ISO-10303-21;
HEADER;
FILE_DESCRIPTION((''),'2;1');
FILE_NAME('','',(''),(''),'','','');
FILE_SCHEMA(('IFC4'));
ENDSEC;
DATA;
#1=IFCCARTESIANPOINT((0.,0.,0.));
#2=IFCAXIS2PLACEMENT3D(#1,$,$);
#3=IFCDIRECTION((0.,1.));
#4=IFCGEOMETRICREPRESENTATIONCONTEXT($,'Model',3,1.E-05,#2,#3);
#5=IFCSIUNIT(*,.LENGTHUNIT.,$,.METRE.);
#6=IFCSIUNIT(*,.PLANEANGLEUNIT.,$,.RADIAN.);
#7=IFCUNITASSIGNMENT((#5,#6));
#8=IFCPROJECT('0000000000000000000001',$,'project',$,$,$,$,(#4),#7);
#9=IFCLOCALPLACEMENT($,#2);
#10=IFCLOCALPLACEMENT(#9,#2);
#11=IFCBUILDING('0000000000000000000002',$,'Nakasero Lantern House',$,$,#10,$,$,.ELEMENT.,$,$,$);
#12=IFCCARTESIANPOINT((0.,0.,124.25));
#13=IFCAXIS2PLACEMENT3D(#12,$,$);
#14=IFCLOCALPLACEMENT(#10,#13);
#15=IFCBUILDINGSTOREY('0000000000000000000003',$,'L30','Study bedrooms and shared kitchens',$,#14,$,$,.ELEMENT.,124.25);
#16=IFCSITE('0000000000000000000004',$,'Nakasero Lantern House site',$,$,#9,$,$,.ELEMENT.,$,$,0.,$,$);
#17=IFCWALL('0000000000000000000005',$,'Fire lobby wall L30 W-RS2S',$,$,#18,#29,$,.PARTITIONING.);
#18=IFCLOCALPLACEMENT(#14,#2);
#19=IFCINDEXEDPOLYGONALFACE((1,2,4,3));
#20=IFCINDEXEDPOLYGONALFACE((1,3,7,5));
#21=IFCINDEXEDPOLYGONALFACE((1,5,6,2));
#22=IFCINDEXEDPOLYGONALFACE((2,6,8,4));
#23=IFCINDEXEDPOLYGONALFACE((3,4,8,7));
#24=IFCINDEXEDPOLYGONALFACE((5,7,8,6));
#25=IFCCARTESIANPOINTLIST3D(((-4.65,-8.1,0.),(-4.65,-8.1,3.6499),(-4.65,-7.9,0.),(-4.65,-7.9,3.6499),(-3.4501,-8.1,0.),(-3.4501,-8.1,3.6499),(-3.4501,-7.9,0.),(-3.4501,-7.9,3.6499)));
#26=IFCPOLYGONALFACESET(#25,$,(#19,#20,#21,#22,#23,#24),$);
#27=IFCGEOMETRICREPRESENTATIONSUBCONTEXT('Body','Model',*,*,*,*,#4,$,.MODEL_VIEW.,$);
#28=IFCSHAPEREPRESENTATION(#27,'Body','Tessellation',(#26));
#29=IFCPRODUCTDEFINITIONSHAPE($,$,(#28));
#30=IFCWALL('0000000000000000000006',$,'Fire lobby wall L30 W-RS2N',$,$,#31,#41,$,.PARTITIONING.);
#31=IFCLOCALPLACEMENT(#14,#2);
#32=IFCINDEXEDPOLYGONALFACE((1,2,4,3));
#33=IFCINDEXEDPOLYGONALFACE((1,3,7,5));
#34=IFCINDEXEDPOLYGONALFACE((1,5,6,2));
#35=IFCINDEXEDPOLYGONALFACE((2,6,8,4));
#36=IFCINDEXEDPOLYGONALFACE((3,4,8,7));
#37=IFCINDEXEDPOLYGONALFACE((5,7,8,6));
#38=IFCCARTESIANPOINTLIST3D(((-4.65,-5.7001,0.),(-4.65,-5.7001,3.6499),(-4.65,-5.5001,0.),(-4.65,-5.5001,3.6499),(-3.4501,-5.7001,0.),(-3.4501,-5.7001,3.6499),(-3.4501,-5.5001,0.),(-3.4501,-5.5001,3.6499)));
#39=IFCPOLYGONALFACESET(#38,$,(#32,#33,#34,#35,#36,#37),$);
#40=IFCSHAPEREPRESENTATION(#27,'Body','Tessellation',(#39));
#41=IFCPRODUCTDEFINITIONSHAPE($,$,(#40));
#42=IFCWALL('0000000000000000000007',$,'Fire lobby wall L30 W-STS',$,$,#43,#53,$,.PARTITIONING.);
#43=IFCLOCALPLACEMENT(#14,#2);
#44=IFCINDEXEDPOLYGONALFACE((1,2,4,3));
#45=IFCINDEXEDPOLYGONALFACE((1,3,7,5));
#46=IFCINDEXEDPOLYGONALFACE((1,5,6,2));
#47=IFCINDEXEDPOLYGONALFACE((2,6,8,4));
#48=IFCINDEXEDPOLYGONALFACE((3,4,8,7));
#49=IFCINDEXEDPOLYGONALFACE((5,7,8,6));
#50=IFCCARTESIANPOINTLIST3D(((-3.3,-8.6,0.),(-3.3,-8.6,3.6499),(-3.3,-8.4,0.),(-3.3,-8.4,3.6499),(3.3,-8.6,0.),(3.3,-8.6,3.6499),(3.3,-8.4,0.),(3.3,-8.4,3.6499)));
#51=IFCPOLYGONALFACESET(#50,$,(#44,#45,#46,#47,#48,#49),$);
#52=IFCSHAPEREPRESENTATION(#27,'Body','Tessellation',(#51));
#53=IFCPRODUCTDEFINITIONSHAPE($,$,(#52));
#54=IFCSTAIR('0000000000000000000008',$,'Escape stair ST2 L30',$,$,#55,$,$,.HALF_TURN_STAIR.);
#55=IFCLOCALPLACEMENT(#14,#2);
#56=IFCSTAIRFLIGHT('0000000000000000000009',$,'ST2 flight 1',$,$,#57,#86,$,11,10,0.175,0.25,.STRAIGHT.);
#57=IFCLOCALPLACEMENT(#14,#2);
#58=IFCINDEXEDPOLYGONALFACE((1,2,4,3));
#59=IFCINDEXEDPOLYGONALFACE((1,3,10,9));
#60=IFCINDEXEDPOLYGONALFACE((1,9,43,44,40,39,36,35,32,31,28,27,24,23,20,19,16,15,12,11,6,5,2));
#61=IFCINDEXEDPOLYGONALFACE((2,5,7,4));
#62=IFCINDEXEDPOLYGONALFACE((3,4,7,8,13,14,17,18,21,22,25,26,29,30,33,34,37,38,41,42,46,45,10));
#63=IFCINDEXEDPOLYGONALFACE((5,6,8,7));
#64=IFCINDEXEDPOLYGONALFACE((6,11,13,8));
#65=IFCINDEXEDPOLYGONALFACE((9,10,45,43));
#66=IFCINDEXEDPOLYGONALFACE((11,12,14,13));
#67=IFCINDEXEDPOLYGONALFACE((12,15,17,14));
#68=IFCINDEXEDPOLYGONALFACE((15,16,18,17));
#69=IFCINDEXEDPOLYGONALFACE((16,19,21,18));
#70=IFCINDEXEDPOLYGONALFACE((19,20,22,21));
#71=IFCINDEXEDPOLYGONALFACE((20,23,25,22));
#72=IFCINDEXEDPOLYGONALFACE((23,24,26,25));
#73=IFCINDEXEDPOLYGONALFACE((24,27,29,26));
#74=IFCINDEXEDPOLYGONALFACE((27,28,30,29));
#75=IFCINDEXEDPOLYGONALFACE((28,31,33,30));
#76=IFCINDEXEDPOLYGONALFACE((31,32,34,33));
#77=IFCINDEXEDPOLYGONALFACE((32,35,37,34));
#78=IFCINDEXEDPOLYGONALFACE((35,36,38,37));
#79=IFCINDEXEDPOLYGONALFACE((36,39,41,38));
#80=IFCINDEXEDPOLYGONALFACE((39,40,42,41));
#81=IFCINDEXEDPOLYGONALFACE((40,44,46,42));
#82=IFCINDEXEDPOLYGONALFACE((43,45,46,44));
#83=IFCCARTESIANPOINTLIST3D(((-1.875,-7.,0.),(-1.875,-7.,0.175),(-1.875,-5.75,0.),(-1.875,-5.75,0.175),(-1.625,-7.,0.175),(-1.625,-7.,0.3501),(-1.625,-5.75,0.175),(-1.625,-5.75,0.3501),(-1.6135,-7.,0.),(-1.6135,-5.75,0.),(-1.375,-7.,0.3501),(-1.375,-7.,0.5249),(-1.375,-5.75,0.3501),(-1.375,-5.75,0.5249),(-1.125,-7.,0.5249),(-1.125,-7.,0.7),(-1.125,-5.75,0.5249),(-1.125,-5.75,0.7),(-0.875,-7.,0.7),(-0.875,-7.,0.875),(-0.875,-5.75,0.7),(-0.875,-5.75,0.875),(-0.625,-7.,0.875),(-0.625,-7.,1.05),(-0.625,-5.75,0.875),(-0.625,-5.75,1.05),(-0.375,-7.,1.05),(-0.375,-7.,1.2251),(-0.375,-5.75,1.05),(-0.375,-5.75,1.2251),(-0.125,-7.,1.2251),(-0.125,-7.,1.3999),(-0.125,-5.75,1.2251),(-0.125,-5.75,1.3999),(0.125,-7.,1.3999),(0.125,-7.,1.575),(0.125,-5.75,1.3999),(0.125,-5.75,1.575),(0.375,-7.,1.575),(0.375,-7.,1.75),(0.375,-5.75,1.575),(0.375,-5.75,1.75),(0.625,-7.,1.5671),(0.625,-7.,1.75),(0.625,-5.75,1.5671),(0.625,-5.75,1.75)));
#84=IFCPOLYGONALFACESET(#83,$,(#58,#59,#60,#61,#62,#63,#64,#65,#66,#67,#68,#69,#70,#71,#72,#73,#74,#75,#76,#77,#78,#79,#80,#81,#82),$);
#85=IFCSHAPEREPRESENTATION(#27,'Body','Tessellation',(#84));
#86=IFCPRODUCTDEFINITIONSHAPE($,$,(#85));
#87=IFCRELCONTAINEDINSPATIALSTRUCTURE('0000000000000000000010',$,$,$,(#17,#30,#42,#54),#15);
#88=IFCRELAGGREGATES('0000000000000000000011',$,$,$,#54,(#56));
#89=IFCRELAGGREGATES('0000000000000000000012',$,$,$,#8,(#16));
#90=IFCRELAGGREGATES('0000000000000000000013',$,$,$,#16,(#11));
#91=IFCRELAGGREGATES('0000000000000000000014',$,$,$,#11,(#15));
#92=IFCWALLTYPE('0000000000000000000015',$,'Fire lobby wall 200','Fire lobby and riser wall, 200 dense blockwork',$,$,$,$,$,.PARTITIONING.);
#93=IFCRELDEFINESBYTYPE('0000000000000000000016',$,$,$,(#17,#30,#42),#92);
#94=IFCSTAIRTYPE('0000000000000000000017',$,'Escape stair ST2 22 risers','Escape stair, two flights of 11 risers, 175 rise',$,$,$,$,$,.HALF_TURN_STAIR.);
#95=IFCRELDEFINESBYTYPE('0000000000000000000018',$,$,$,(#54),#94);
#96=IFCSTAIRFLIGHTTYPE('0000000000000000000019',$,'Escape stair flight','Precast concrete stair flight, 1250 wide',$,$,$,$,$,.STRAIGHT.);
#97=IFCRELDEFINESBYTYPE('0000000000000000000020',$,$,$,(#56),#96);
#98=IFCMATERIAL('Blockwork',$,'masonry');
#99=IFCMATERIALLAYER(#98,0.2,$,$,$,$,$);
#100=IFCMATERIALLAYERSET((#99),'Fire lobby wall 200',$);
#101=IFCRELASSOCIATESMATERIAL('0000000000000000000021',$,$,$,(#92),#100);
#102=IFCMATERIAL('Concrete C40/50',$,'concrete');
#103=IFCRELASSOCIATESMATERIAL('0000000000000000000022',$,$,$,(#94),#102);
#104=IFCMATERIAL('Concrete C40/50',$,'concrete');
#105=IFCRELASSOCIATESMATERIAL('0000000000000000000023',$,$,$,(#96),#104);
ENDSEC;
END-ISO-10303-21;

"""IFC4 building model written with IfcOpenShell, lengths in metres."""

from ifc_helpers import new_model, si_unit, direction, frame, frame_2d, origin, place, context, subcontext, project, spatial, polyline, rectangle, outline, extrude, material, layer, layer_set, type_object, element, aggregate, save


model = new_model("IFC4")

# Units and contexts
model_context = context("Model", 3, precision=1e-05, world=origin(), true_north=direction((0.0, 1.0)))
body_context = subcontext(model_context, "Body", "Model", "MODEL_VIEW")
ifc_project = project(units=[si_unit("LENGTHUNIT", "METRE"), si_unit("PLANEANGLEUNIT", "RADIAN")], contexts=[model_context])

# Site, building, storey
site_placement = place(None, origin())
site = spatial("IfcSite", under=ifc_project, at=site_placement, Name="Nakasero Lantern House site", CompositionType="ELEMENT", RefElevation=0.0)
building_placement = place(site_placement, origin())
building = spatial("IfcBuilding", under=site, at=building_placement, Name="Nakasero Lantern House", CompositionType="ELEMENT")
storey_placement = place(building_placement, frame((0.0, 0.0, 124.25)))
storey = spatial("IfcBuildingStorey", under=building, at=storey_placement, Name="L30", Description="Study bedrooms and shared kitchens", CompositionType="ELEMENT", Elevation=124.25)

# Shared definitions
ifc_material_1 = material(Name="Blockwork", Category="masonry")
ifc_layer_1 = layer(ifc_material_1, 0.2)
ifc_layer_set_1 = layer_set([ifc_layer_1], Name="Fire lobby wall 200")
wall_type_1 = type_object("IfcWallType", Name="Fire lobby wall 200", Description="Fire lobby and riser wall, 200 dense blockwork", PredefinedType="PARTITIONING", material=ifc_layer_set_1)

# Walls
for number, where, z_axis, x_axis, name in (
    (1, (-3.45, -8.0, 0.0), (0.0, 0.0, 1.0), (-1.0, 0.0, 0.0), "Fire lobby wall L30 W-RS2S"),
    (2, (-3.45, -5.6001, 0.0), (0.0, 0.0, 1.0), (-1.0, 0.0, 0.0), "Fire lobby wall L30 W-RS2N"),
):
    element("IfcWall", number, at=place(storey_placement, frame(where, z_axis=z_axis, x_axis=x_axis)), inside=storey, type_object=wall_type_1, Name=name, PredefinedType="PARTITIONING", context=body_context, shape_type="SweptSolid", body=[
        extrude(rectangle(XDim=1.2, YDim=0.2, at=frame_2d((0.6001, 0.0))), origin(), (0.0, 0.0, 1.0), 3.6499),
    ])
wall_1_placement = place(storey_placement, frame((-3.3, -8.5, 0.0), z_axis=(0.0, 0.0, 1.0), x_axis=(1.0, 0.0, 0.0)))
element("IfcWall", 3, at=wall_1_placement, inside=storey, type_object=wall_type_1, Name="Fire lobby wall L30 W-STS", PredefinedType="PARTITIONING", context=body_context, shape_type="SweptSolid", body=[
    extrude(rectangle(XDim=6.6001, YDim=0.2, at=frame_2d((3.3, 0.0))), origin(), (0.0, 0.0, 1.0), 3.6499),
])

# Stair, stair flight
ifc_material_2 = material(Name="Concrete C40/50", Category="concrete")
stair_type = type_object("IfcStairType", Name="Escape stair ST2 22 risers", Description="Escape stair, two flights of 11 risers, 175 rise", PredefinedType="HALF_TURN_STAIR", material=ifc_material_2)
stair_placement = place(storey_placement, origin())
stair = element("IfcStair", 4, at=stair_placement, inside=storey, type_object=stair_type, Name="Escape stair ST2 L30", PredefinedType="HALF_TURN_STAIR")
ifc_material_3 = material(Name="Concrete C40/50", Category="concrete")
stair_flight_type = type_object("IfcStairFlightType", Name="Escape stair flight", Description="Precast concrete stair flight, 1250 wide", PredefinedType="STRAIGHT", material=ifc_material_3)
stair_flight_placement = place(storey_placement, frame((-1.875, -6.375, 0.0), z_axis=(0.0, 0.0, 1.0), x_axis=(1.0, 0.0, 0.0)))
stair_flight = element("IfcStairFlight", 5, at=stair_flight_placement, type_object=stair_flight_type, Name="ST2 flight 1", NumberOfRisers=11, NumberOfTreads=10, PredefinedType="STRAIGHT", RiserHeight=0.175, TreadLength=0.25, context=body_context, shape_type="SweptSolid", body=[
    extrude(outline(polyline([(0.0, 0.0), (0.0, 0.175), (0.25, 0.175), (0.25, 0.3501), (0.5, 0.3501), (0.5, 0.5249), (0.75, 0.5249), (0.75, 0.7), (1.0, 0.7), (1.0, 0.875), (1.25, 0.875), (1.25, 1.05), (1.5, 1.05), (1.5, 1.2251), (1.75, 1.2251), (1.75, 1.3999), (2.0, 1.3999), (2.0, 1.575), (2.25, 1.575), (2.25, 1.75), (2.5, 1.75), (2.5, 1.925), (2.5, 1.5671), (0.2615, 0.0), (0.0, 0.0)])), frame((0.0, 0.625, 0.0), z_axis=(0.0, -1.0, 0.0), x_axis=(1.0, 0.0, 0.0)), (0.0, 0.0, 1.0), 1.25),
])
aggregate(stair, [stair_flight])

save(model, "model.ifc")
